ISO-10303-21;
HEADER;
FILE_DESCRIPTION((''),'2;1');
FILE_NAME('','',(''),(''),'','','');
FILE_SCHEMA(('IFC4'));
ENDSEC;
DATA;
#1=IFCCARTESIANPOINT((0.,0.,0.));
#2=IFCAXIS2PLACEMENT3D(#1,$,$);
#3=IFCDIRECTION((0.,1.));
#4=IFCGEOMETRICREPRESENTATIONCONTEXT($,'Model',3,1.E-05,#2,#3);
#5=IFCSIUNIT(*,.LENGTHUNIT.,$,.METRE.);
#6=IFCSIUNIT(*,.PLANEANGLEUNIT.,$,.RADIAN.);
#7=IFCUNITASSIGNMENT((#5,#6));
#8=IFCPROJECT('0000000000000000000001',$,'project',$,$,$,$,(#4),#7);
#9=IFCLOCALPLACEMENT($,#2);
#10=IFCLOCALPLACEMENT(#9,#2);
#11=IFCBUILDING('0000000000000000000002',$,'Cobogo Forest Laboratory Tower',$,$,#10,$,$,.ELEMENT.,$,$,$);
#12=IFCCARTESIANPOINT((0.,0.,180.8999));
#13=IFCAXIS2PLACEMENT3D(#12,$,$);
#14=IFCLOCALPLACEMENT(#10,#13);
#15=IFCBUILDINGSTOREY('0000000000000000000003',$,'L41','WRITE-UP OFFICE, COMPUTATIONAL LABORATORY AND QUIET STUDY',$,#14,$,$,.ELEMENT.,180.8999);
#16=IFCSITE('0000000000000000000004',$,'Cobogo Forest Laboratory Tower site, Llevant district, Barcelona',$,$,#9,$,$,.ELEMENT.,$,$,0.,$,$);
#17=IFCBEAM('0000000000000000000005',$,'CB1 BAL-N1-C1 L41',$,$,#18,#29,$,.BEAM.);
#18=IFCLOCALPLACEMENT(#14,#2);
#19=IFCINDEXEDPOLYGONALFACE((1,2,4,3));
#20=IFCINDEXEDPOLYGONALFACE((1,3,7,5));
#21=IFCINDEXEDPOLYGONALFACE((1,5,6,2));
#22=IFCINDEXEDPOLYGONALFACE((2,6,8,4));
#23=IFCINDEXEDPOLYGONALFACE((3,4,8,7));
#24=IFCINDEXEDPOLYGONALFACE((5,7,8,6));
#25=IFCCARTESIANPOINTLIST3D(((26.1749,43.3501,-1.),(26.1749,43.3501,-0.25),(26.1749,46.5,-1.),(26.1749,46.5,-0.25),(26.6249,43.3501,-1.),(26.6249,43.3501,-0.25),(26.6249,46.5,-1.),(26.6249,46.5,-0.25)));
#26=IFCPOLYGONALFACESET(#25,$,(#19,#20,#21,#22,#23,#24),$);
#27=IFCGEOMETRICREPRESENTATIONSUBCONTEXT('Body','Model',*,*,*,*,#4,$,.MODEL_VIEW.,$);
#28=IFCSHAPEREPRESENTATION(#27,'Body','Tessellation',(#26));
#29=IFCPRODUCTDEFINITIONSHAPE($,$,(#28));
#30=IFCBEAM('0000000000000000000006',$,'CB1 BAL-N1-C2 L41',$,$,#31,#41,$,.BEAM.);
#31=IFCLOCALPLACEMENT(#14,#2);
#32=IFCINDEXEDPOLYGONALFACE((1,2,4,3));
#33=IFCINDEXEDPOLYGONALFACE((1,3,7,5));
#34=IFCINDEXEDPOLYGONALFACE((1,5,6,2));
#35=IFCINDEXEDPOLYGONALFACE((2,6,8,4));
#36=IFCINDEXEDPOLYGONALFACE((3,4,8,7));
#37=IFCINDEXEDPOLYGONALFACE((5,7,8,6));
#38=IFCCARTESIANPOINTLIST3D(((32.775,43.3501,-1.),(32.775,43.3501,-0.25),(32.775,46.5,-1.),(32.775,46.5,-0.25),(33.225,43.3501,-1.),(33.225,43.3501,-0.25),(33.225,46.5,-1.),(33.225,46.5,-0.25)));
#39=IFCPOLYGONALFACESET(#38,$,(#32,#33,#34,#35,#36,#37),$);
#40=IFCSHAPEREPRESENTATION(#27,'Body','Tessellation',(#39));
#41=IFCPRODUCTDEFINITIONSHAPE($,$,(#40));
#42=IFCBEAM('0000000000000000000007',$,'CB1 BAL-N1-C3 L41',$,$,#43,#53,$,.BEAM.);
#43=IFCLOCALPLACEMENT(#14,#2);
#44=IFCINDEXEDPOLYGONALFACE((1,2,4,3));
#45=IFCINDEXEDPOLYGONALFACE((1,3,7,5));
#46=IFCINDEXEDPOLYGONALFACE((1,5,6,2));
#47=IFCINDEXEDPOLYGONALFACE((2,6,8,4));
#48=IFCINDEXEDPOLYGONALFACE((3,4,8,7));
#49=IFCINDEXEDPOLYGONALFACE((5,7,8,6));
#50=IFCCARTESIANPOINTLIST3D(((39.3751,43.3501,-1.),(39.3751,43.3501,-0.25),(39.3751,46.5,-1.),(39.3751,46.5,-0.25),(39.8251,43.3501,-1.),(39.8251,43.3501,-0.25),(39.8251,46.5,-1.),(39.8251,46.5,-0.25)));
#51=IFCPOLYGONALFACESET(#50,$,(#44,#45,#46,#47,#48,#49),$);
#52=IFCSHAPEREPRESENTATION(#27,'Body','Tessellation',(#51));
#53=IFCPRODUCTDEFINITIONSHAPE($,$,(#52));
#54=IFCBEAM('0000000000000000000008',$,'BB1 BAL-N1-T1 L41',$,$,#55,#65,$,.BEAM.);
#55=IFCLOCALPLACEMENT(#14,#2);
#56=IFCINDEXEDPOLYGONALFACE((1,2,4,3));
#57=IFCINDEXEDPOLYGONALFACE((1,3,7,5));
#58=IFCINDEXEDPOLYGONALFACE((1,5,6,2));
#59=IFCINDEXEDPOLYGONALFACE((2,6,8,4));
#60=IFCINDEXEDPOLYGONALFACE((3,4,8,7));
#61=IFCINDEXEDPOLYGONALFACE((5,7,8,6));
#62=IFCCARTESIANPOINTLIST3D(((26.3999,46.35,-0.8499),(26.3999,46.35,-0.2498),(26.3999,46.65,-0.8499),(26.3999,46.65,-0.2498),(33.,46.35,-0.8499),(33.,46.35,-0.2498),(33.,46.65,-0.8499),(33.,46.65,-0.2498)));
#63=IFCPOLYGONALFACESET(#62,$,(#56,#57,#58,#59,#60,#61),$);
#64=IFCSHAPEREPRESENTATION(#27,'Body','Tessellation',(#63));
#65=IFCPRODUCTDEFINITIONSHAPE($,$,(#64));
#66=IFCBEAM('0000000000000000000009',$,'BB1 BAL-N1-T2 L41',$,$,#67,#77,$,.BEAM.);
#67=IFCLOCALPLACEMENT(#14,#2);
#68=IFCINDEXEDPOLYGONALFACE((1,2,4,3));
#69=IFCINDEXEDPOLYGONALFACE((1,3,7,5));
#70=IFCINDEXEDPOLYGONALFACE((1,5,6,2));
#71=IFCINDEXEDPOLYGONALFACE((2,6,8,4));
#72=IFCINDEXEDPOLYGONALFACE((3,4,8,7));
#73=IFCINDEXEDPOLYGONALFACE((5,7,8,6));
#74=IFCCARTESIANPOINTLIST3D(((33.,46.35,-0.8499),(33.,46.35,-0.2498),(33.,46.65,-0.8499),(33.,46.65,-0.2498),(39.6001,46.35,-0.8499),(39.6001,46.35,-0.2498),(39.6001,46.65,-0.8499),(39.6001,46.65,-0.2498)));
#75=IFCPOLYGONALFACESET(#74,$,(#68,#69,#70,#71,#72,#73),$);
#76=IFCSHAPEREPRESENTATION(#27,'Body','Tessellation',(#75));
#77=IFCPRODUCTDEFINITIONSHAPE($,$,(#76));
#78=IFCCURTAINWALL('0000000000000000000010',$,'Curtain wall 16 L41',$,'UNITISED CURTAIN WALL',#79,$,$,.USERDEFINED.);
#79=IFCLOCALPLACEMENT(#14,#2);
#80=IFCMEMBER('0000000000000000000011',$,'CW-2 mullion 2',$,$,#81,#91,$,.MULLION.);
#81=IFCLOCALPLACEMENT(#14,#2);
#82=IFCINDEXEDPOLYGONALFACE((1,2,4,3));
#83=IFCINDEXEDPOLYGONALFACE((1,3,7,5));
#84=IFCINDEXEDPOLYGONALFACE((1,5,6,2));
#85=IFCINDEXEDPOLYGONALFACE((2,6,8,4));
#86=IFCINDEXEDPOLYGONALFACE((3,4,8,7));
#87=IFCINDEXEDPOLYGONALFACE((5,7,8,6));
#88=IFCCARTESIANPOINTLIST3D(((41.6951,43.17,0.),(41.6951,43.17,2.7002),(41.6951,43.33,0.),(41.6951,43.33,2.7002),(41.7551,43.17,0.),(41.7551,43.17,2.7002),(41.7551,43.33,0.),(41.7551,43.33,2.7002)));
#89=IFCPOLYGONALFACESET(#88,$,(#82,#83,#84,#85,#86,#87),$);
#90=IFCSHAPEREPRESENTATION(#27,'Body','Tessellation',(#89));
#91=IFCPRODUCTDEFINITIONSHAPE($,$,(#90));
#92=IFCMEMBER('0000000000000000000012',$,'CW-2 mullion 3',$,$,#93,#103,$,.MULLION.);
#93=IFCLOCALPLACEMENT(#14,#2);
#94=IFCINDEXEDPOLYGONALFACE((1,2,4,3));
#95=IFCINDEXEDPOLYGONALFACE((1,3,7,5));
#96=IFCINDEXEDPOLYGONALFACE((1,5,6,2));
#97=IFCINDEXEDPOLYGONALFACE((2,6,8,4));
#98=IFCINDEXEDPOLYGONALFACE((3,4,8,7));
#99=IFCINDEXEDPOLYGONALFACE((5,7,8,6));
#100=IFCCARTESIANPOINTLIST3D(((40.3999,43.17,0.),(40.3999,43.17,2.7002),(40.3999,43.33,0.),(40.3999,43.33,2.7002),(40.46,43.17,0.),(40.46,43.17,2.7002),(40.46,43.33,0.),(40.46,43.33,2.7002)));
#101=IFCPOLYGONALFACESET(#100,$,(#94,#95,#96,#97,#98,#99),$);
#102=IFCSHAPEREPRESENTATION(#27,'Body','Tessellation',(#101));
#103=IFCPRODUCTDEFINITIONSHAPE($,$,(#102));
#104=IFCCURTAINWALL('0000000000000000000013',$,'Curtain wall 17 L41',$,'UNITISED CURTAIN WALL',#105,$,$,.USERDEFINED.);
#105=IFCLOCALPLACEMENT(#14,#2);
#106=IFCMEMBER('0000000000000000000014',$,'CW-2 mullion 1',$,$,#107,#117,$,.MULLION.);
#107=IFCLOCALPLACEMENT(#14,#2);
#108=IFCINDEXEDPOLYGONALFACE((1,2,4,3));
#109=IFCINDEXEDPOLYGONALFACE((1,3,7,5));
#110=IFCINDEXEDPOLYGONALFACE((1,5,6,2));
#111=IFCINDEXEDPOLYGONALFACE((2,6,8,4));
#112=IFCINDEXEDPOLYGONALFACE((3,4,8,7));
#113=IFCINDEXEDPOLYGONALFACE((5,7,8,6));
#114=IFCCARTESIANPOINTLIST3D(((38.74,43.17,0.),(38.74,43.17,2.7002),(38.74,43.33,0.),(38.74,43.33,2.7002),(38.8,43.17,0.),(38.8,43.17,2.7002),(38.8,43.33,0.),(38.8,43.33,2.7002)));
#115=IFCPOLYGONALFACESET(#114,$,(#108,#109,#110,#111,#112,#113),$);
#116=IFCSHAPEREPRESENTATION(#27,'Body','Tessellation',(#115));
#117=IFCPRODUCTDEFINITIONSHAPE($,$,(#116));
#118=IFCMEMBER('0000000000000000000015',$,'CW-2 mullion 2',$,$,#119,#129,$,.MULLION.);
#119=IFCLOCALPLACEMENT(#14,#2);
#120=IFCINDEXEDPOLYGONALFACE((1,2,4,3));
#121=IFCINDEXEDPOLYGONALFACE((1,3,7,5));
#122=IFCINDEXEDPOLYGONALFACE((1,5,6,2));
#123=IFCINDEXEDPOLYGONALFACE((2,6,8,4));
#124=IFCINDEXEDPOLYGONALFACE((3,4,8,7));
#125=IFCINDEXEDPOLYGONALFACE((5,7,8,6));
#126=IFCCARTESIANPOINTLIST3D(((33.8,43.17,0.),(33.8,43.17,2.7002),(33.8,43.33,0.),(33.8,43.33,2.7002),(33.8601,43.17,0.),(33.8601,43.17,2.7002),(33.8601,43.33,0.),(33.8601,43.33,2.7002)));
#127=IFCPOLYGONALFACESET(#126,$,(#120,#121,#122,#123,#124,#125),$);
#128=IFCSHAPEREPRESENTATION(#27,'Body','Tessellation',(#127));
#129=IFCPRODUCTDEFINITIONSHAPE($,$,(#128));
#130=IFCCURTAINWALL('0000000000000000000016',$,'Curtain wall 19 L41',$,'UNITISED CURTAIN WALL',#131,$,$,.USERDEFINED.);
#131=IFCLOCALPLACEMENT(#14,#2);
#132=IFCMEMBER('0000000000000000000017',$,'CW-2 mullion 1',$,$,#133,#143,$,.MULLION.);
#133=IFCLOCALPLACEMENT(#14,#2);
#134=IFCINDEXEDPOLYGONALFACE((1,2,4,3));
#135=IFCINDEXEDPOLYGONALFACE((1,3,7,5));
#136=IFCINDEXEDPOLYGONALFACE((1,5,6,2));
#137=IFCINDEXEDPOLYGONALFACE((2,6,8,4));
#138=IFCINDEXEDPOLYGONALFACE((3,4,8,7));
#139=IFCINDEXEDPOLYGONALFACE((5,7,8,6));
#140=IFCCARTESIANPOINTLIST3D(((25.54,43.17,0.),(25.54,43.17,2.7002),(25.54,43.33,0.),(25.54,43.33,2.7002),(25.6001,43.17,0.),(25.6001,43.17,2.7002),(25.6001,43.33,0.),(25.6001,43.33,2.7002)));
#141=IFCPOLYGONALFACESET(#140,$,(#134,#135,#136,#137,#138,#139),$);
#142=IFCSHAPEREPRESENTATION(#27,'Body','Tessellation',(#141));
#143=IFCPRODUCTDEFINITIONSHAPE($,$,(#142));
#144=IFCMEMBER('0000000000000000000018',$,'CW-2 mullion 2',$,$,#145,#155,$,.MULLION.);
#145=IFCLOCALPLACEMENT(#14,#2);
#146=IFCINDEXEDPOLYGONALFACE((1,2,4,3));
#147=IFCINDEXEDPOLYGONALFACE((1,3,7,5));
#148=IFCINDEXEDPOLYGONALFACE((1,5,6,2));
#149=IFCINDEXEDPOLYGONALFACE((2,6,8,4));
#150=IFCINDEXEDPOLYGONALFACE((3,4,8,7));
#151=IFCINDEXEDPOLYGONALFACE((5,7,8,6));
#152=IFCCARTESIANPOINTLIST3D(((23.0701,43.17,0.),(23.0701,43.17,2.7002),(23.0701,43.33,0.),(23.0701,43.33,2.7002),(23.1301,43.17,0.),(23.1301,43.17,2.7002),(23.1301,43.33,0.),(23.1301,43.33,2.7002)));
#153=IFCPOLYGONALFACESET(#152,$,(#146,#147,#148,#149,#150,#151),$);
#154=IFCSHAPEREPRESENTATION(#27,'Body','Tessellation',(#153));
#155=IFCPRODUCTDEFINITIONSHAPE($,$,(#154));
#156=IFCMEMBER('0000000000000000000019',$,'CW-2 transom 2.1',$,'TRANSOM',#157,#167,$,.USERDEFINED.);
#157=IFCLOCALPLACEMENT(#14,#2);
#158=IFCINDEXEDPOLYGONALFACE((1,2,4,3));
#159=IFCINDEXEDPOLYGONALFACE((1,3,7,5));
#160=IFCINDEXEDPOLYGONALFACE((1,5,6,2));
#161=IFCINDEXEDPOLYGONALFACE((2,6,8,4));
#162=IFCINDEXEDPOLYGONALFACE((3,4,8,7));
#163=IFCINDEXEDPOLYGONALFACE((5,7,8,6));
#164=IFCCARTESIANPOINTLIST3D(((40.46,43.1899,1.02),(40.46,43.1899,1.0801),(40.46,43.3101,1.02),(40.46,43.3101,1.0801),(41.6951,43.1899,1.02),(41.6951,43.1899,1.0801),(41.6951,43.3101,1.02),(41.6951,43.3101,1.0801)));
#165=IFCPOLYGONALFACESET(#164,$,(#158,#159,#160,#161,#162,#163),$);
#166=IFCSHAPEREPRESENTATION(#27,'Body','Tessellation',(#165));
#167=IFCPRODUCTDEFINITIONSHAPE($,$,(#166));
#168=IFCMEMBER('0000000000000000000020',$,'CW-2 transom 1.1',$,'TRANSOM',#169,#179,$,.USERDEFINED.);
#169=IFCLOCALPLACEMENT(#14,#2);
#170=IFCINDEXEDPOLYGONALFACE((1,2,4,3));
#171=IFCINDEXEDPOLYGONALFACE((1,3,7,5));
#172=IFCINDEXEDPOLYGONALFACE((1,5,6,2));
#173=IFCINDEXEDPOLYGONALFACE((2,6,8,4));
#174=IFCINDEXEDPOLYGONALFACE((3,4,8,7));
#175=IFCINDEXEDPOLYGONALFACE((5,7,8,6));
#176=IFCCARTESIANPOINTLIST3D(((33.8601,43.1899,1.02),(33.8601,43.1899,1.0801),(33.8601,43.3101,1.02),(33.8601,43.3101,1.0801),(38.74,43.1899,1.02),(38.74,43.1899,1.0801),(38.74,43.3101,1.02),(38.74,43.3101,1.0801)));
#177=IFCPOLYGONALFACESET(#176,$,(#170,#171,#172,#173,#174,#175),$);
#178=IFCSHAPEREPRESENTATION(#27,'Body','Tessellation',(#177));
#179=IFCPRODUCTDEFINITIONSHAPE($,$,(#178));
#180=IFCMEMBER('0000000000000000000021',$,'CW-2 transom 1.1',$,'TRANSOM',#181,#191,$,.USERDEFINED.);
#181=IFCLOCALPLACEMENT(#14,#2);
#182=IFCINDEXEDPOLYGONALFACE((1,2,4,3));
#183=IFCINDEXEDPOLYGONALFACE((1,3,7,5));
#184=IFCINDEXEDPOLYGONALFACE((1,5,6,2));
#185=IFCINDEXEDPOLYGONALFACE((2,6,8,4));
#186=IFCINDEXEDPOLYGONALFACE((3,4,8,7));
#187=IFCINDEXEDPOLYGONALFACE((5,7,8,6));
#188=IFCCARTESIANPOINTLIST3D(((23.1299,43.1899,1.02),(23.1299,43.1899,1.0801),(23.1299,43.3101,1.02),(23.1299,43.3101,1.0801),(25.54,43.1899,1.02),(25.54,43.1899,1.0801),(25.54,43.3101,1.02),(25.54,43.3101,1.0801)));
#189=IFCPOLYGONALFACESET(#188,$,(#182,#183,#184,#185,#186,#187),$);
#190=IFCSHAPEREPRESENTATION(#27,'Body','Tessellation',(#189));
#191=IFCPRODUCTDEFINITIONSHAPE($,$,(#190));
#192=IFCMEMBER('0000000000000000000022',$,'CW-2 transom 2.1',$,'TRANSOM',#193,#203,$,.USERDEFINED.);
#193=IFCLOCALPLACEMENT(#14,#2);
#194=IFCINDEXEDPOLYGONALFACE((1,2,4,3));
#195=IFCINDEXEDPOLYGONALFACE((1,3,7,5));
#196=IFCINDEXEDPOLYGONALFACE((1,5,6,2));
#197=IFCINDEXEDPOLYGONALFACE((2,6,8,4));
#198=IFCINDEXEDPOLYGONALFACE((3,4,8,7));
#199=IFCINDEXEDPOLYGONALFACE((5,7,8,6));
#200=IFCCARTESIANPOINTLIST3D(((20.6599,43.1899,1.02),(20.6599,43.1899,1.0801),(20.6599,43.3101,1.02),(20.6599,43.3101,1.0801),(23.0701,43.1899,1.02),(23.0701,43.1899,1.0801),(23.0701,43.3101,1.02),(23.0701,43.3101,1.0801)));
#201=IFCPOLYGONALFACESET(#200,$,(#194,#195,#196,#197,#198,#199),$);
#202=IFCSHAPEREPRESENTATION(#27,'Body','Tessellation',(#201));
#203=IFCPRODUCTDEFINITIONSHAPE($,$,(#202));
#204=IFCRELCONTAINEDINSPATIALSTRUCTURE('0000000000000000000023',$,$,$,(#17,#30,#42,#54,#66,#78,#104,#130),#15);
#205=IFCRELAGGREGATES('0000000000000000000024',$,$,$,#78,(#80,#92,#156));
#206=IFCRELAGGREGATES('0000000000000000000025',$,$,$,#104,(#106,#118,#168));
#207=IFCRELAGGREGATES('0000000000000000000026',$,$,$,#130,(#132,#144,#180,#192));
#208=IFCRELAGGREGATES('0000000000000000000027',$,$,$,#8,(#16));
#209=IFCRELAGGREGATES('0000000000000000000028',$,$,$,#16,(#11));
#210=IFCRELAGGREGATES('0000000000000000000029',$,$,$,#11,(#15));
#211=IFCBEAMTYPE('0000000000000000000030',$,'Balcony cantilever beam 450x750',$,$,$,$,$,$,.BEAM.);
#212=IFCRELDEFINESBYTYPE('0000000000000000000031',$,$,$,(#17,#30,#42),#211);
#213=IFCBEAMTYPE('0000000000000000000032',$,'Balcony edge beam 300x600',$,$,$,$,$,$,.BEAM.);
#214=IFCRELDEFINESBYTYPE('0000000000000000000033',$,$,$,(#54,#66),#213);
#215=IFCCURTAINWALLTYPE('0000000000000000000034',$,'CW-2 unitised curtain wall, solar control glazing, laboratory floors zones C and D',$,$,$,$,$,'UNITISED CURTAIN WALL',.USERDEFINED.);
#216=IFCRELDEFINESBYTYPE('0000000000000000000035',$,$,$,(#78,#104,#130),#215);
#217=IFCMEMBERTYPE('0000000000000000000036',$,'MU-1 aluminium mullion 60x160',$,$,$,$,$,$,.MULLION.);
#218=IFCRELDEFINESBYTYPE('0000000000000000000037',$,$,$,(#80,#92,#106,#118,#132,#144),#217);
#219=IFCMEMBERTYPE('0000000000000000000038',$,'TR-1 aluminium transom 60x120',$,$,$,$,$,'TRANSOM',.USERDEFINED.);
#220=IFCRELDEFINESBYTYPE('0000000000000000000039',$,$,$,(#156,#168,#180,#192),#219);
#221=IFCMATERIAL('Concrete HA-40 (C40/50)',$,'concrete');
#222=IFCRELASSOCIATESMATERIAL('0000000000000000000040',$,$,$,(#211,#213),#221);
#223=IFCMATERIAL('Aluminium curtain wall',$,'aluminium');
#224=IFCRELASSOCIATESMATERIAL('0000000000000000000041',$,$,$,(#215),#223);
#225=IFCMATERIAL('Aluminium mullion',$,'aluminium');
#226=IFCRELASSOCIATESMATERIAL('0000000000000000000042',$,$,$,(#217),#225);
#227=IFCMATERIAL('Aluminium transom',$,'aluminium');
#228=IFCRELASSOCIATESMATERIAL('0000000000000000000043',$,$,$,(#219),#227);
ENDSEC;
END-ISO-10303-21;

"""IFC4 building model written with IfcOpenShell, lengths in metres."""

from ifc_helpers import new_model, si_unit, direction, frame, origin, origin_2d, place, context, subcontext, project, spatial, rectangle, extrude, material, material_profile, profile_set, type_object, element, aggregate, save


model = new_model("IFC4")

# Units and contexts
model_context = context("Model", 3, precision=1e-05, world=origin(), true_north=direction((0.0, 1.0)))
body_context = subcontext(model_context, "Body", "Model", "MODEL_VIEW")
ifc_project = project(units=[si_unit("LENGTHUNIT", "METRE"), si_unit("PLANEANGLEUNIT", "RADIAN")], contexts=[model_context])

# Site, building, storey
site_placement = place(None, origin())
site = spatial("IfcSite", under=ifc_project, at=site_placement, Name="Cobogo Forest Laboratory Tower site, Llevant district, Barcelona", CompositionType="ELEMENT", RefElevation=0.0)
building_placement = place(site_placement, origin())
building = spatial("IfcBuilding", under=site, at=building_placement, Name="Cobogo Forest Laboratory Tower", CompositionType="ELEMENT")
storey_placement = place(building_placement, frame((0.0, 0.0, 180.8999)))
storey = spatial("IfcBuildingStorey", under=building, at=storey_placement, Name="L41", Description="WRITE-UP OFFICE, COMPUTATIONAL LABORATORY AND QUIET STUDY", CompositionType="ELEMENT", Elevation=180.8999)

# Beams
ifc_material_1 = material(Name="Concrete HA-40 (C40/50)", Category="concrete")
ifc_material_profile_1 = material_profile(ifc_material_1, rectangle(XDim=0.45, YDim=0.75, at=origin_2d()), Name="RC 450x750")
ifc_profile_set_1 = profile_set([ifc_material_profile_1], Name="Concrete HA-40 (C40/50)")
beam_type_1 = type_object("IfcBeamType", Name="Balcony cantilever beam 450x750", PredefinedType="BEAM", material=ifc_profile_set_1)
for number, where, z_axis, x_axis, name in (
    (1, (26.3999, 43.3501, -0.625), (0.0, 1.0, 0.0), (-1.0, 0.0, 0.0), "CB1 BAL-N1-C1 L41"),
    (2, (33.0, 43.3501, -0.625), (0.0, 1.0, 0.0), (-1.0, 0.0, 0.0), "CB1 BAL-N1-C2 L41"),
    (3, (39.6001, 43.3501, -0.625), (0.0, 1.0, 0.0), (-1.0, 0.0, 0.0), "CB1 BAL-N1-C3 L41"),
):
    element("IfcBeam", number, at=place(storey_placement, frame(where, z_axis=z_axis, x_axis=x_axis)), inside=storey, type_object=beam_type_1, Name=name, PredefinedType="BEAM", context=body_context, shape_type="SweptSolid", body=[
        extrude(rectangle(XDim=0.45, YDim=0.75, at=origin_2d()), origin(), (0.0, 0.0, 1.0), 3.1499),
    ])
ifc_material_profile_2 = material_profile(ifc_material_1, rectangle(XDim=0.3, YDim=0.6001, at=origin_2d()), Name="RC 300x600")
ifc_profile_set_2 = profile_set([ifc_material_profile_2], Name="Concrete HA-40 (C40/50)")
beam_type_2 = type_object("IfcBeamType", Name="Balcony edge beam 300x600", PredefinedType="BEAM", material=ifc_profile_set_2)
for number, where, z_axis, x_axis, name in (
    (4, (26.3999, 46.5, -0.5498), (1.0, 0.0, 0.0), (0.0, 1.0, 0.0), "BB1 BAL-N1-T1 L41"),
    (5, (33.0, 46.5, -0.5498), (1.0, 0.0, 0.0), (0.0, 1.0, 0.0), "BB1 BAL-N1-T2 L41"),
):
    element("IfcBeam", number, at=place(storey_placement, frame(where, z_axis=z_axis, x_axis=x_axis)), inside=storey, type_object=beam_type_2, Name=name, PredefinedType="BEAM", context=body_context, shape_type="SweptSolid", body=[
        extrude(rectangle(XDim=0.3, YDim=0.6001, at=origin_2d()), origin(), (0.0, 0.0, 1.0), 6.6001),
    ])

# Curtain walls, members
ifc_material_2 = material(Name="Aluminium curtain wall", Category="aluminium")
curtain_wall_type = type_object("IfcCurtainWallType", Name="CW-2 unitised curtain wall, solar control glazing, laboratory floors zones C and D", ElementType="UNITISED CURTAIN WALL", PredefinedType="USERDEFINED", material=ifc_material_2)
curtain_wall_1_placement = place(storey_placement, origin())
curtain_wall_1 = element("IfcCurtainWall", 6, at=curtain_wall_1_placement, inside=storey, type_object=curtain_wall_type, Name="Curtain wall 16 L41", ObjectType="UNITISED CURTAIN WALL", PredefinedType="USERDEFINED")
ifc_material_3 = material(Name="Aluminium mullion", Category="aluminium")
ifc_material_profile_3 = material_profile(ifc_material_3, rectangle(XDim=0.0601, YDim=0.1599, at=origin_2d()), Name="AL 60x160")
ifc_profile_set_3 = profile_set([ifc_material_profile_3], Name="Aluminium mullion")
member_type_1 = type_object("IfcMemberType", Name="MU-1 aluminium mullion 60x160", PredefinedType="MULLION", material=ifc_profile_set_3)
member_1_placement = place(storey_placement, frame((41.7251, 43.25, 0.0), z_axis=(0.0, 0.0, 1.0), x_axis=(-1.0, 0.0, 0.0)))
member_1 = element("IfcMember", 7, at=member_1_placement, type_object=member_type_1, Name="CW-2 mullion 2", PredefinedType="MULLION", context=body_context, shape_type="SweptSolid", body=[
    extrude(rectangle(XDim=0.0601, YDim=0.1599, at=origin_2d()), origin(), (0.0, 0.0, 1.0), 2.7002),
])
member_2_placement = place(storey_placement, frame((40.4299, 43.25, 0.0), z_axis=(0.0, 0.0, 1.0), x_axis=(-1.0, 0.0, 0.0)))
member_2 = element("IfcMember", 8, at=member_2_placement, type_object=member_type_1, Name="CW-2 mullion 3", PredefinedType="MULLION", context=body_context, shape_type="SweptSolid", body=[
    extrude(rectangle(XDim=0.0601, YDim=0.1599, at=origin_2d()), origin(), (0.0, 0.0, 1.0), 2.7002),
])
curtain_wall_2_placement = place(storey_placement, origin())
curtain_wall_2 = element("IfcCurtainWall", 9, at=curtain_wall_2_placement, inside=storey, type_object=curtain_wall_type, Name="Curtain wall 17 L41", ObjectType="UNITISED CURTAIN WALL", PredefinedType="USERDEFINED")
member_3_placement = place(storey_placement, frame((38.77, 43.25, 0.0), z_axis=(0.0, 0.0, 1.0), x_axis=(-1.0, 0.0, 0.0)))
member_3 = element("IfcMember", 10, at=member_3_placement, type_object=member_type_1, Name="CW-2 mullion 1", PredefinedType="MULLION", context=body_context, shape_type="SweptSolid", body=[
    extrude(rectangle(XDim=0.0601, YDim=0.1599, at=origin_2d()), origin(), (0.0, 0.0, 1.0), 2.7002),
])
member_4_placement = place(storey_placement, frame((33.8301, 43.25, 0.0), z_axis=(0.0, 0.0, 1.0), x_axis=(-1.0, 0.0, 0.0)))
member_4 = element("IfcMember", 11, at=member_4_placement, type_object=member_type_1, Name="CW-2 mullion 2", PredefinedType="MULLION", context=body_context, shape_type="SweptSolid", body=[
    extrude(rectangle(XDim=0.0601, YDim=0.1599, at=origin_2d()), origin(), (0.0, 0.0, 1.0), 2.7002),
])
curtain_wall_3_placement = place(storey_placement, origin())
curtain_wall_3 = element("IfcCurtainWall", 12, at=curtain_wall_3_placement, inside=storey, type_object=curtain_wall_type, Name="Curtain wall 19 L41", ObjectType="UNITISED CURTAIN WALL", PredefinedType="USERDEFINED")
member_5_placement = place(storey_placement, frame((25.5701, 43.25, 0.0), z_axis=(0.0, 0.0, 1.0), x_axis=(-1.0, 0.0, 0.0)))
member_5 = element("IfcMember", 13, at=member_5_placement, type_object=member_type_1, Name="CW-2 mullion 1", PredefinedType="MULLION", context=body_context, shape_type="SweptSolid", body=[
    extrude(rectangle(XDim=0.0601, YDim=0.1599, at=origin_2d()), origin(), (0.0, 0.0, 1.0), 2.7002),
])
member_6_placement = place(storey_placement, frame((23.1001, 43.25, 0.0), z_axis=(0.0, 0.0, 1.0), x_axis=(-1.0, 0.0, 0.0)))
member_6 = element("IfcMember", 14, at=member_6_placement, type_object=member_type_1, Name="CW-2 mullion 2", PredefinedType="MULLION", context=body_context, shape_type="SweptSolid", body=[
    extrude(rectangle(XDim=0.0601, YDim=0.1599, at=origin_2d()), origin(), (0.0, 0.0, 1.0), 2.7002),
])

# Members
ifc_material_4 = material(Name="Aluminium transom", Category="aluminium")
ifc_material_profile_4 = material_profile(ifc_material_4, rectangle(XDim=0.1201, YDim=0.0601, at=origin_2d()), Name="AL 60x120")
ifc_profile_set_4 = profile_set([ifc_material_profile_4], Name="Aluminium transom")
member_type_2 = type_object("IfcMemberType", Name="TR-1 aluminium transom 60x120", ElementType="TRANSOM", PredefinedType="USERDEFINED", material=ifc_profile_set_4)
member_7_placement = place(storey_placement, frame((41.6951, 43.25, 1.05), z_axis=(-1.0, 0.0, 0.0), x_axis=(0.0, -1.0, 0.0)))
member_7 = element("IfcMember", 15, at=member_7_placement, type_object=member_type_2, Name="CW-2 transom 2.1", ObjectType="TRANSOM", PredefinedType="USERDEFINED", context=body_context, shape_type="SweptSolid", body=[
    extrude(rectangle(XDim=0.1201, YDim=0.0601, at=origin_2d()), origin(), (0.0, 0.0, 1.0), 1.2351),
])
member_8_placement = place(storey_placement, frame((38.74, 43.25, 1.05), z_axis=(-1.0, 0.0, 0.0), x_axis=(0.0, -1.0, 0.0)))
member_8 = element("IfcMember", 16, at=member_8_placement, type_object=member_type_2, Name="CW-2 transom 1.1", ObjectType="TRANSOM", PredefinedType="USERDEFINED", context=body_context, shape_type="SweptSolid", body=[
    extrude(rectangle(XDim=0.1201, YDim=0.0601, at=origin_2d()), origin(), (0.0, 0.0, 1.0), 4.8799),
])
member_9_placement = place(storey_placement, frame((25.54, 43.25, 1.05), z_axis=(-1.0, 0.0, 0.0), x_axis=(0.0, -1.0, 0.0)))
member_9 = element("IfcMember", 17, at=member_9_placement, type_object=member_type_2, Name="CW-2 transom 1.1", ObjectType="TRANSOM", PredefinedType="USERDEFINED", context=body_context, shape_type="SweptSolid", body=[
    extrude(rectangle(XDim=0.1201, YDim=0.0601, at=origin_2d()), origin(), (0.0, 0.0, 1.0), 2.4102),
])
member_10_placement = place(storey_placement, frame((23.0701, 43.25, 1.05), z_axis=(-1.0, 0.0, 0.0), x_axis=(0.0, -1.0, 0.0)))
member_10 = element("IfcMember", 18, at=member_10_placement, type_object=member_type_2, Name="CW-2 transom 2.1", ObjectType="TRANSOM", PredefinedType="USERDEFINED", context=body_context, shape_type="SweptSolid", body=[
    extrude(rectangle(XDim=0.1201, YDim=0.0601, at=origin_2d()), origin(), (0.0, 0.0, 1.0), 2.4102),
])

aggregate(curtain_wall_1, [member_1, member_2, member_7])
aggregate(curtain_wall_2, [member_3, member_4, member_8])
aggregate(curtain_wall_3, [member_5, member_6, member_9, member_10])

save(model, "model.ifc")
